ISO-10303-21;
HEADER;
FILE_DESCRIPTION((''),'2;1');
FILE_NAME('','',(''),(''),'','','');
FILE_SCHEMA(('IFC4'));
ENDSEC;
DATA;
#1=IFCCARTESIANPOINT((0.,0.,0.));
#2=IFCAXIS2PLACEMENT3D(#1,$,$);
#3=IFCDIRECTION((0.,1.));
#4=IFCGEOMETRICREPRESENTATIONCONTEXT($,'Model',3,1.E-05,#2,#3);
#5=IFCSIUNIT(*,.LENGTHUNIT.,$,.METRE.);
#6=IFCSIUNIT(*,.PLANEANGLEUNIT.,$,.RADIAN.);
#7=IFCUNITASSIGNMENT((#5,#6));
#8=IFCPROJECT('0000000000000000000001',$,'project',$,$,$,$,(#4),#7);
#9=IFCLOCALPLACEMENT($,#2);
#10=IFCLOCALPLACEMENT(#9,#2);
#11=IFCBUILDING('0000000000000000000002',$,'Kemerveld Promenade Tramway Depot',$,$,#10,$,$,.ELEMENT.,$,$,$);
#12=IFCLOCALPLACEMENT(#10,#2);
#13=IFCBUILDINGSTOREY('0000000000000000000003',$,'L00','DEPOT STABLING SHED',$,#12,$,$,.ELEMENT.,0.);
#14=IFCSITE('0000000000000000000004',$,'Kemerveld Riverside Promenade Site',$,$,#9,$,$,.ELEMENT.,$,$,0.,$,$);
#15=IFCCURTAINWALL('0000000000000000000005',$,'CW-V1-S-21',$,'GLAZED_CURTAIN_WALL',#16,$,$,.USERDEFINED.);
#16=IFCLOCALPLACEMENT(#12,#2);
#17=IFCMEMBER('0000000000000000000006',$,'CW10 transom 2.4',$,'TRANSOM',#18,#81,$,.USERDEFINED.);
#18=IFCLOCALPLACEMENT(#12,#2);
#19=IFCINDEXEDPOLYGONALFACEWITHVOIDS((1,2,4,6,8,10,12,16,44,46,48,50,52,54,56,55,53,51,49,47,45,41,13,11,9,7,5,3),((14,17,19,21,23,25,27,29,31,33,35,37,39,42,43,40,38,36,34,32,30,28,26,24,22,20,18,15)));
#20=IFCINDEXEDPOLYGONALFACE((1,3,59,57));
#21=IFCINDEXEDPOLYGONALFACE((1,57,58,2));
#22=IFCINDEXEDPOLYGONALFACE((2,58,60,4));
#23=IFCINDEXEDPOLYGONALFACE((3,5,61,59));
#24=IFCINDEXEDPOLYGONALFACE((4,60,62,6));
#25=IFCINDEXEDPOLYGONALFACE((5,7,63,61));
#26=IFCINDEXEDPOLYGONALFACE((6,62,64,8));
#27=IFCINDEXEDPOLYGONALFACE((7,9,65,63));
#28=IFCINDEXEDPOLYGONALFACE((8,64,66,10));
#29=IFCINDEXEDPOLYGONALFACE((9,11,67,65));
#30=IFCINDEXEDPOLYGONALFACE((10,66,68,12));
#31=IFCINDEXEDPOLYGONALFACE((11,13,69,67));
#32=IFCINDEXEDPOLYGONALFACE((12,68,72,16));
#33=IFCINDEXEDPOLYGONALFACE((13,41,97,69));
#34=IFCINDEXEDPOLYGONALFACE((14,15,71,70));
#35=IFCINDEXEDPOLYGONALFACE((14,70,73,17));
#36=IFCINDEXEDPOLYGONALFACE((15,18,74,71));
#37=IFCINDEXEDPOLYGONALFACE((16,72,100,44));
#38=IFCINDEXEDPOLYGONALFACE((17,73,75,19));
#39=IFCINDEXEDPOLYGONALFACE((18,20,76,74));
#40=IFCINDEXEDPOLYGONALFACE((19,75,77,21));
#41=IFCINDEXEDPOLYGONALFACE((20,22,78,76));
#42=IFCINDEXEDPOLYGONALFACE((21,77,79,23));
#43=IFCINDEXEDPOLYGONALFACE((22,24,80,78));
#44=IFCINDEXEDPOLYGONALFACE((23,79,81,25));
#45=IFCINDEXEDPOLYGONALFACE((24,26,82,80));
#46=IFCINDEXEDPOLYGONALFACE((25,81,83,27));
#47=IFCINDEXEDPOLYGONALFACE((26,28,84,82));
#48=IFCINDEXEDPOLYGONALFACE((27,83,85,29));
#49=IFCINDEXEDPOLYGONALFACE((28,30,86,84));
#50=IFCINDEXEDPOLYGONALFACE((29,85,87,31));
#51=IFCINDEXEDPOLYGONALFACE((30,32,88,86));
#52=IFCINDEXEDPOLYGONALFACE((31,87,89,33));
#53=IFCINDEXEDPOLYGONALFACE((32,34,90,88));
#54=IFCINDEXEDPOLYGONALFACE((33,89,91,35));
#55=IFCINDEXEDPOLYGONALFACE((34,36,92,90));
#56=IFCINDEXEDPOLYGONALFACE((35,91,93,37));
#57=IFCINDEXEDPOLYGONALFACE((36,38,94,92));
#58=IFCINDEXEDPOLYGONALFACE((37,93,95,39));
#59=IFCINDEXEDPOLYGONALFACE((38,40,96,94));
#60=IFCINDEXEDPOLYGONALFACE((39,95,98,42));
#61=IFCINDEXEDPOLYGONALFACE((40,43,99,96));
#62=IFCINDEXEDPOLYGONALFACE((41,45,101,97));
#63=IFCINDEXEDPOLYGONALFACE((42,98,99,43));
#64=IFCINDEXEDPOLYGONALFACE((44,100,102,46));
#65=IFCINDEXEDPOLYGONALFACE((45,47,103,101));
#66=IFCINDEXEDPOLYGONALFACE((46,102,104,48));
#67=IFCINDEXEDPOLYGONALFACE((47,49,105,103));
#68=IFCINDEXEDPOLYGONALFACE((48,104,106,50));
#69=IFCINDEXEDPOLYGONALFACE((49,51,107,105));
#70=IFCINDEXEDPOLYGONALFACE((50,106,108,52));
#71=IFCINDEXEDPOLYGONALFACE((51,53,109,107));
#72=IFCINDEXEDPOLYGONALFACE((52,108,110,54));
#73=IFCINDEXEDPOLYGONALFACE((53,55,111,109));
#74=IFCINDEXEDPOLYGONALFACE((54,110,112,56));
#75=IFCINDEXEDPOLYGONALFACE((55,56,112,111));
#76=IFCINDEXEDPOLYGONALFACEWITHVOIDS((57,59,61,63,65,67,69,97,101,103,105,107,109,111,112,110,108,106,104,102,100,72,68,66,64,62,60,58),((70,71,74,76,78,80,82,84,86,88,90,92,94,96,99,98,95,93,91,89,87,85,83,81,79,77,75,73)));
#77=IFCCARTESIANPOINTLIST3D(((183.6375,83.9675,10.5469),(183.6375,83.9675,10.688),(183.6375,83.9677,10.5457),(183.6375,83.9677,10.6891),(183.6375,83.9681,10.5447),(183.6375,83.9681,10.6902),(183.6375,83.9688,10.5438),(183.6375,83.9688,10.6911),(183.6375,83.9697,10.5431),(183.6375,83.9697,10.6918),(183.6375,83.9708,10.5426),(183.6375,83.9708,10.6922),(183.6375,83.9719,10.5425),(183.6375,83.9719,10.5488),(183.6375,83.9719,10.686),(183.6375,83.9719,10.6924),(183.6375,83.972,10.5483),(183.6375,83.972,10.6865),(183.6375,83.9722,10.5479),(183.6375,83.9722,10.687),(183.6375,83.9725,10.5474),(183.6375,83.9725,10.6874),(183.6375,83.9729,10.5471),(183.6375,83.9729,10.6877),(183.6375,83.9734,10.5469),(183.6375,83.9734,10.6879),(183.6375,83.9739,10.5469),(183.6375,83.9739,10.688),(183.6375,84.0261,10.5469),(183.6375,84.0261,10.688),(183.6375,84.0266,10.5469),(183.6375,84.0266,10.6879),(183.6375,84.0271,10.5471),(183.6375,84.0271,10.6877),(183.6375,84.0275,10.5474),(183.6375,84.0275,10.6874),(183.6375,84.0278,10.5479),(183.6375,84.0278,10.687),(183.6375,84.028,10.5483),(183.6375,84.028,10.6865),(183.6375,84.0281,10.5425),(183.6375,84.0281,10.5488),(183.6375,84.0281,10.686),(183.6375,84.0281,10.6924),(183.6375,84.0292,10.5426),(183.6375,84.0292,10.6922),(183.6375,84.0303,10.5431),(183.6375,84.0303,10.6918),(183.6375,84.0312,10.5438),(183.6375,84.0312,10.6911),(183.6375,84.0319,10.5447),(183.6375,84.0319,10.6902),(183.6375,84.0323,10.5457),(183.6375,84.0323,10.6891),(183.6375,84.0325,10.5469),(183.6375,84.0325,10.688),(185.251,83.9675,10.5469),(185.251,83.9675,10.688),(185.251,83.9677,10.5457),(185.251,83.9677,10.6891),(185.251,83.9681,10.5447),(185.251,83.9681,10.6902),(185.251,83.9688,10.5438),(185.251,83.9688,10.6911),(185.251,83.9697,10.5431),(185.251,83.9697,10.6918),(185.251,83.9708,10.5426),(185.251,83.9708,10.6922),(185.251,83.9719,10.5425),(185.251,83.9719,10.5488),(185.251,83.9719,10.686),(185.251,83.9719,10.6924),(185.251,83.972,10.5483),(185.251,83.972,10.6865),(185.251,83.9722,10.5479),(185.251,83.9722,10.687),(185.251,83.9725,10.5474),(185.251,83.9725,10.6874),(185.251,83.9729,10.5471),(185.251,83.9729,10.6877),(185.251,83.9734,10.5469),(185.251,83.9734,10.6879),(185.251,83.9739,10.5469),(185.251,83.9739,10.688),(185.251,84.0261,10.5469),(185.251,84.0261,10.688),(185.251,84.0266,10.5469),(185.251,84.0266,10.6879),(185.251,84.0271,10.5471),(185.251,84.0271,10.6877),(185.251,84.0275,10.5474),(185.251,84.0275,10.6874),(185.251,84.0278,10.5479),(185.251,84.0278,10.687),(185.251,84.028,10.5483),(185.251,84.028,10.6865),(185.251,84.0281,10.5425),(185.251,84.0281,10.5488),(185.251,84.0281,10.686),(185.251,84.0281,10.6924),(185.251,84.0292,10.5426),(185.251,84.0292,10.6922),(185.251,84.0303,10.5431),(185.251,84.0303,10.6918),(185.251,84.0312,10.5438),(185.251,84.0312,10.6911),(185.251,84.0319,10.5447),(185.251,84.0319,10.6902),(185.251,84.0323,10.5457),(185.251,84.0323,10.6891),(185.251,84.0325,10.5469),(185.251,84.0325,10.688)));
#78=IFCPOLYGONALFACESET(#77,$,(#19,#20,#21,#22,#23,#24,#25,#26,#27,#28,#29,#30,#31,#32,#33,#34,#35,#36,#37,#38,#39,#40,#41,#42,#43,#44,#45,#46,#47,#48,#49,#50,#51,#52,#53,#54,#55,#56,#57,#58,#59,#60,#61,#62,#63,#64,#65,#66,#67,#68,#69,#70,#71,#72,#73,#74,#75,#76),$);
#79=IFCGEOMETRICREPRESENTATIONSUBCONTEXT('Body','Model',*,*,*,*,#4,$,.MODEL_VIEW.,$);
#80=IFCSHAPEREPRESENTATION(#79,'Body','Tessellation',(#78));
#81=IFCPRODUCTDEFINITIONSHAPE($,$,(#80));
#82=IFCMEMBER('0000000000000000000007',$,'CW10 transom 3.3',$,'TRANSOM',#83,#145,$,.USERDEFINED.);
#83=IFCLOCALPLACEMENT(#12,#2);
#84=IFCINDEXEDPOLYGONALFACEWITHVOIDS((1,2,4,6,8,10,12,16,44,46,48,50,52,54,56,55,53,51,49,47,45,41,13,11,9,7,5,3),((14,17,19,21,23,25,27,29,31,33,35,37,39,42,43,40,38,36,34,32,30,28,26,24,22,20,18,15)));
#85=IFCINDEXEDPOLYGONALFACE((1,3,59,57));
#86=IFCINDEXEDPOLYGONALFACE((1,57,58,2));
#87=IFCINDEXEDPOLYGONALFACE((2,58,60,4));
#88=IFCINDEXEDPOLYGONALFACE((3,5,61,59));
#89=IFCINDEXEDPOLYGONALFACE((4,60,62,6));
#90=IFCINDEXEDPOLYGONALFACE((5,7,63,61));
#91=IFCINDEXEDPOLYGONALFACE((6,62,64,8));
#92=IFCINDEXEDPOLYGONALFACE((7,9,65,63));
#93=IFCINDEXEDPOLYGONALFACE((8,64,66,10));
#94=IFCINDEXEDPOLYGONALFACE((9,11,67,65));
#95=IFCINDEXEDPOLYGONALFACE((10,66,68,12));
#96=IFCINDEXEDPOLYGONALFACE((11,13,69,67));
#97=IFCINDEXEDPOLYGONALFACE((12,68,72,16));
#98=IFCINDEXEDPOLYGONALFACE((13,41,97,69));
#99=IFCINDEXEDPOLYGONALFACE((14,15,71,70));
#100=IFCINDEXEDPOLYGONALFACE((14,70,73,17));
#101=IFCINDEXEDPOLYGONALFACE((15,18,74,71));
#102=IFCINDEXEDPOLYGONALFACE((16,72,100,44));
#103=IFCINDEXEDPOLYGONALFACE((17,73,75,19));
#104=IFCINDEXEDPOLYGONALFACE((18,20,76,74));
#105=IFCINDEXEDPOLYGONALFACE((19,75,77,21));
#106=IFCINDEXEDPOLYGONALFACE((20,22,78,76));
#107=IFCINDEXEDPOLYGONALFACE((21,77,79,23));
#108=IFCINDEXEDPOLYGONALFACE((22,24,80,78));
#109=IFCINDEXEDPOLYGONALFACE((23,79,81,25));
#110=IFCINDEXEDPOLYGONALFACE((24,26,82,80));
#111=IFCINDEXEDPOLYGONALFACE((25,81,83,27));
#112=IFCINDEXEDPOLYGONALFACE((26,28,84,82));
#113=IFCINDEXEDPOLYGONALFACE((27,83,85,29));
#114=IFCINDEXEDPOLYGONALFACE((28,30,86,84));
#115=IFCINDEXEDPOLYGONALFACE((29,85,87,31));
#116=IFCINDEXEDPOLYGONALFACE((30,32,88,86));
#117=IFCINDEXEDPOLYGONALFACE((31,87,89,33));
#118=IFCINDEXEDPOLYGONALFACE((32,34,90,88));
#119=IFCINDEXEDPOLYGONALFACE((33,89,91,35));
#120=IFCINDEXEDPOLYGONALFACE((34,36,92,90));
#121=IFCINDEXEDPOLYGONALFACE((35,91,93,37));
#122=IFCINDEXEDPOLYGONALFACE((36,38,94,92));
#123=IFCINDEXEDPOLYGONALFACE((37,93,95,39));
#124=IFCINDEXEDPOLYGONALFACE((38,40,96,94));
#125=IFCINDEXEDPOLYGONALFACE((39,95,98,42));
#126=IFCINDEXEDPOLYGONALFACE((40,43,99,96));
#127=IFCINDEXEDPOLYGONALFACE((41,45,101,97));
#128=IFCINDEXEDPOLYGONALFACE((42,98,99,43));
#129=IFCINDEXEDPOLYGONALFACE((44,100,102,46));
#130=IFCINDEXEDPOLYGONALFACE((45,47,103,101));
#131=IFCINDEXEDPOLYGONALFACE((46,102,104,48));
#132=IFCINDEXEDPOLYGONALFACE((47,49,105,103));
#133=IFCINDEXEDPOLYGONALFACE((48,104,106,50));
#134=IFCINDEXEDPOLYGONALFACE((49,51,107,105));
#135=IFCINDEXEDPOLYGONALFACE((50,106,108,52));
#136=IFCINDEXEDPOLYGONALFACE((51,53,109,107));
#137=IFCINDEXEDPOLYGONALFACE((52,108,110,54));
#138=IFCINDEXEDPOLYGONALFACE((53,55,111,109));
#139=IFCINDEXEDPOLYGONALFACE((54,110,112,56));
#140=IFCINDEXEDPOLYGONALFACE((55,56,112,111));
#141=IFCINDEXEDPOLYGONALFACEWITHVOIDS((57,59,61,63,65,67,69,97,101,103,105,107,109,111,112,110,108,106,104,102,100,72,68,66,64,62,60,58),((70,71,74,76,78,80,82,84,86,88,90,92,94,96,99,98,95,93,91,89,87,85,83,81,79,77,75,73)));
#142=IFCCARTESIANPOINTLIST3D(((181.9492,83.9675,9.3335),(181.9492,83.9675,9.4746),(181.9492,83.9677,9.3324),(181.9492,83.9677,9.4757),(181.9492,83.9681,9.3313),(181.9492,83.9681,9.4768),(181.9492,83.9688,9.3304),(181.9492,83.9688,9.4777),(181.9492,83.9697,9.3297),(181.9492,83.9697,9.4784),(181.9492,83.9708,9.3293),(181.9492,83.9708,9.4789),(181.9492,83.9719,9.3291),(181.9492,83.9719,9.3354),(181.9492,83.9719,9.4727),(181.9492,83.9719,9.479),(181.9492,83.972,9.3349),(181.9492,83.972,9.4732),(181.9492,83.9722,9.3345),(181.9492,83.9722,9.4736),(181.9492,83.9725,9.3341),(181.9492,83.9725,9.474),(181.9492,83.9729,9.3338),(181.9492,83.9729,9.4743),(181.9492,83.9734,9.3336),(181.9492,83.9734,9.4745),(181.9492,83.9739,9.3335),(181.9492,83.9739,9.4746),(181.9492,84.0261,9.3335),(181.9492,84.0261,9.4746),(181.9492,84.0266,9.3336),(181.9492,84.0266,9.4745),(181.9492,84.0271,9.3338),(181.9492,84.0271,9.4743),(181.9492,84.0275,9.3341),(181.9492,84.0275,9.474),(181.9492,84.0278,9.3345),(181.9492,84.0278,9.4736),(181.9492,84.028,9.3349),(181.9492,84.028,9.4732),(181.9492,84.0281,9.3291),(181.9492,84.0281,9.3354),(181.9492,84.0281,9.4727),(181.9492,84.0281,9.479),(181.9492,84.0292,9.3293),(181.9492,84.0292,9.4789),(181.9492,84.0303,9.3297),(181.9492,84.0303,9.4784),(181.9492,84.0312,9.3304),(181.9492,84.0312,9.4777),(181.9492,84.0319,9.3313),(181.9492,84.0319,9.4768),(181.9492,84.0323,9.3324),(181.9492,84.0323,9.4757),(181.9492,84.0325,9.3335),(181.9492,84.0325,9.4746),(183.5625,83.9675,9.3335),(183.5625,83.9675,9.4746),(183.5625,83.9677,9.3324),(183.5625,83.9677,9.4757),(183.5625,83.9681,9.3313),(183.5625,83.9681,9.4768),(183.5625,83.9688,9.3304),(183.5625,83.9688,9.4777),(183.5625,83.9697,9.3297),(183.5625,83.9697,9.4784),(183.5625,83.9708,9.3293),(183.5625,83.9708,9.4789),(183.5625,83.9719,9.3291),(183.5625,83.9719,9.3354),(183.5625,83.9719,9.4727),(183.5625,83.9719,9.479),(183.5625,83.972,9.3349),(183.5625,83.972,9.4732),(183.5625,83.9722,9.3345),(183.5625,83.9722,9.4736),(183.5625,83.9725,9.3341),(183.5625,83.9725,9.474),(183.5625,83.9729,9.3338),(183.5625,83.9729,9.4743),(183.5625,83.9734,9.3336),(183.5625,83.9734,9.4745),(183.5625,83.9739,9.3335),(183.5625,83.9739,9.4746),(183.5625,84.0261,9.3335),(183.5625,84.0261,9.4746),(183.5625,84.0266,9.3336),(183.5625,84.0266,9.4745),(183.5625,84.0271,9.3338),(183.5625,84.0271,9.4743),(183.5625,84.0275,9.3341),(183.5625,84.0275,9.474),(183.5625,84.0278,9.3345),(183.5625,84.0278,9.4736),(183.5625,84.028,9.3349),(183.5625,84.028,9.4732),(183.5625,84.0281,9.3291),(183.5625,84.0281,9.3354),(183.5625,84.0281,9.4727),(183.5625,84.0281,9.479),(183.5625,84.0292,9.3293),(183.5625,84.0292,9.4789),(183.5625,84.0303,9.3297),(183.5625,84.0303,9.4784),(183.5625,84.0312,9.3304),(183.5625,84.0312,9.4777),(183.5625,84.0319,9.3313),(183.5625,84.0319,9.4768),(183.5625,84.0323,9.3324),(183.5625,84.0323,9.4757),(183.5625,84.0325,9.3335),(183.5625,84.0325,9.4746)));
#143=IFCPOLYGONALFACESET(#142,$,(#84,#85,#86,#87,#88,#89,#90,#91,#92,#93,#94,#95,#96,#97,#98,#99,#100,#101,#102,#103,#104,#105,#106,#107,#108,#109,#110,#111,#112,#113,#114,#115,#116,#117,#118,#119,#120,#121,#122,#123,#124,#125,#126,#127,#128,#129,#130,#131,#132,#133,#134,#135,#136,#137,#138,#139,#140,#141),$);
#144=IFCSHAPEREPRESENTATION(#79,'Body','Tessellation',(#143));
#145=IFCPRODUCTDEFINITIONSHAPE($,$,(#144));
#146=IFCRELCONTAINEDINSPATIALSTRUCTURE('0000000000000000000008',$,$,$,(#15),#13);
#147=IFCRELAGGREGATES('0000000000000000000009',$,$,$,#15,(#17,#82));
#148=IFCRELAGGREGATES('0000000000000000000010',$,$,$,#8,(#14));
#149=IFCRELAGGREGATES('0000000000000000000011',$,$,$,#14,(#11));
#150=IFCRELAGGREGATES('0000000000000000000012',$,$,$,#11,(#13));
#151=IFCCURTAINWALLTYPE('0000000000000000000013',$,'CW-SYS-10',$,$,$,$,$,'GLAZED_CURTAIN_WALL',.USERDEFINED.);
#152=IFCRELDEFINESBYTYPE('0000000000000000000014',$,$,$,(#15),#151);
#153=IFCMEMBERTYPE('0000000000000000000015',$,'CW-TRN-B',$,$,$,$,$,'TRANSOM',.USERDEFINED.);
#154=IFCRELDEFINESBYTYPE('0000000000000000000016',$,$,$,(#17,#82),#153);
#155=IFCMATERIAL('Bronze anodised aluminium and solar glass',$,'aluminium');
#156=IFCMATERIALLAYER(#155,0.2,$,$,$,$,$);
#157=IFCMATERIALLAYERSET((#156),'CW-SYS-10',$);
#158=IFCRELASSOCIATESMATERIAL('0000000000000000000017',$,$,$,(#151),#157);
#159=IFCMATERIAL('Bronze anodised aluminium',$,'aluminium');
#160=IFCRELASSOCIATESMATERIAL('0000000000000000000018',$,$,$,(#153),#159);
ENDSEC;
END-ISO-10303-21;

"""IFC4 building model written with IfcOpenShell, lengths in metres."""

from ifc_helpers import new_model, si_unit, direction, frame, origin, origin_2d, place, context, subcontext, project, spatial, hollow_rectangle, extrude, material, layer, layer_set, material_profile, profile_set, type_object, element, aggregate, save


model = new_model("IFC4")

# Units and contexts
model_context = context("Model", 3, precision=1e-05, world=origin(), true_north=direction((0.0, 1.0)))
body_context = subcontext(model_context, "Body", "Model", "MODEL_VIEW")
ifc_project = project(units=[si_unit("LENGTHUNIT", "METRE"), si_unit("PLANEANGLEUNIT", "RADIAN")], contexts=[model_context])

# Site, building, storey
site_placement = place(None, origin())
site = spatial("IfcSite", under=ifc_project, at=site_placement, Name="Kemerveld Riverside Promenade Site", CompositionType="ELEMENT", RefElevation=0.0)
building_placement = place(site_placement, origin())
building = spatial("IfcBuilding", under=site, at=building_placement, Name="Kemerveld Promenade Tramway Depot", CompositionType="ELEMENT")
storey_placement = place(building_placement, origin())
storey = spatial("IfcBuildingStorey", under=building, at=storey_placement, Name="L00", Description="DEPOT STABLING SHED", CompositionType="ELEMENT", Elevation=0.0)

# Curtain wall, members
ifc_material_1 = material(Name="Bronze anodised aluminium and solar glass", Category="aluminium")
ifc_material_2 = material(Name="Bronze anodised aluminium", Category="aluminium")
ifc_layer_1 = layer(ifc_material_1, 0.2)
ifc_layer_set_1 = layer_set([ifc_layer_1], Name="CW-SYS-10")
curtain_wall_type_1 = type_object("IfcCurtainWallType", Name="CW-SYS-10", ElementType="GLAZED_CURTAIN_WALL", PredefinedType="USERDEFINED", material=ifc_layer_set_1)
curtain_wall_1_placement = place(storey_placement, origin())
curtain_wall_1 = element("IfcCurtainWall", 1, at=curtain_wall_1_placement, inside=storey, type_object=curtain_wall_type_1, Name="CW-V1-S-21", ObjectType="GLAZED_CURTAIN_WALL", PredefinedType="USERDEFINED")
ifc_material_profile_1 = material_profile(ifc_material_2, hollow_rectangle(XDim=0.0649, YDim=0.1499, WallThickness=0.0044, InnerFilletRadius=0.002, OuterFilletRadius=0.0044, at=origin_2d()), Name="CW-TRN-150x65")
ifc_profile_set_1 = profile_set([ifc_material_profile_1], Name="Bronze anodised aluminium")
member_type_1 = type_object("IfcMemberType", Name="CW-TRN-B", ElementType="TRANSOM", PredefinedType="USERDEFINED", material=ifc_profile_set_1)
member_1_placement = place(storey_placement, frame((185.251, 84.0, 10.6174), z_axis=(-1.0, 0.0, 0.0), x_axis=(0.0, -1.0, 0.0)))
member_1 = element("IfcMember", 2, at=member_1_placement, type_object=member_type_1, Name="CW10 transom 2.4", ObjectType="TRANSOM", PredefinedType="USERDEFINED", context=body_context, shape_type="SweptSolid", body=[
    extrude(hollow_rectangle(XDim=0.0649, YDim=0.1499, WallThickness=0.0044, InnerFilletRadius=0.002, OuterFilletRadius=0.0044, at=origin_2d()), origin(), (0.0, 0.0, 1.0), 1.6135),
])
member_2_placement = place(storey_placement, frame((183.5625, 84.0, 9.4041), z_axis=(-1.0, 0.0, 0.0), x_axis=(0.0, -1.0, 0.0)))
member_2 = element("IfcMember", 3, at=member_2_placement, type_object=member_type_1, Name="CW10 transom 3.3", ObjectType="TRANSOM", PredefinedType="USERDEFINED", context=body_context, shape_type="SweptSolid", body=[
    extrude(hollow_rectangle(XDim=0.0649, YDim=0.1499, WallThickness=0.0044, InnerFilletRadius=0.002, OuterFilletRadius=0.0044, at=origin_2d()), origin(), (0.0, 0.0, 1.0), 1.6133),
])

aggregate(curtain_wall_1, [member_1, member_2])

save(model, "model.ifc")
